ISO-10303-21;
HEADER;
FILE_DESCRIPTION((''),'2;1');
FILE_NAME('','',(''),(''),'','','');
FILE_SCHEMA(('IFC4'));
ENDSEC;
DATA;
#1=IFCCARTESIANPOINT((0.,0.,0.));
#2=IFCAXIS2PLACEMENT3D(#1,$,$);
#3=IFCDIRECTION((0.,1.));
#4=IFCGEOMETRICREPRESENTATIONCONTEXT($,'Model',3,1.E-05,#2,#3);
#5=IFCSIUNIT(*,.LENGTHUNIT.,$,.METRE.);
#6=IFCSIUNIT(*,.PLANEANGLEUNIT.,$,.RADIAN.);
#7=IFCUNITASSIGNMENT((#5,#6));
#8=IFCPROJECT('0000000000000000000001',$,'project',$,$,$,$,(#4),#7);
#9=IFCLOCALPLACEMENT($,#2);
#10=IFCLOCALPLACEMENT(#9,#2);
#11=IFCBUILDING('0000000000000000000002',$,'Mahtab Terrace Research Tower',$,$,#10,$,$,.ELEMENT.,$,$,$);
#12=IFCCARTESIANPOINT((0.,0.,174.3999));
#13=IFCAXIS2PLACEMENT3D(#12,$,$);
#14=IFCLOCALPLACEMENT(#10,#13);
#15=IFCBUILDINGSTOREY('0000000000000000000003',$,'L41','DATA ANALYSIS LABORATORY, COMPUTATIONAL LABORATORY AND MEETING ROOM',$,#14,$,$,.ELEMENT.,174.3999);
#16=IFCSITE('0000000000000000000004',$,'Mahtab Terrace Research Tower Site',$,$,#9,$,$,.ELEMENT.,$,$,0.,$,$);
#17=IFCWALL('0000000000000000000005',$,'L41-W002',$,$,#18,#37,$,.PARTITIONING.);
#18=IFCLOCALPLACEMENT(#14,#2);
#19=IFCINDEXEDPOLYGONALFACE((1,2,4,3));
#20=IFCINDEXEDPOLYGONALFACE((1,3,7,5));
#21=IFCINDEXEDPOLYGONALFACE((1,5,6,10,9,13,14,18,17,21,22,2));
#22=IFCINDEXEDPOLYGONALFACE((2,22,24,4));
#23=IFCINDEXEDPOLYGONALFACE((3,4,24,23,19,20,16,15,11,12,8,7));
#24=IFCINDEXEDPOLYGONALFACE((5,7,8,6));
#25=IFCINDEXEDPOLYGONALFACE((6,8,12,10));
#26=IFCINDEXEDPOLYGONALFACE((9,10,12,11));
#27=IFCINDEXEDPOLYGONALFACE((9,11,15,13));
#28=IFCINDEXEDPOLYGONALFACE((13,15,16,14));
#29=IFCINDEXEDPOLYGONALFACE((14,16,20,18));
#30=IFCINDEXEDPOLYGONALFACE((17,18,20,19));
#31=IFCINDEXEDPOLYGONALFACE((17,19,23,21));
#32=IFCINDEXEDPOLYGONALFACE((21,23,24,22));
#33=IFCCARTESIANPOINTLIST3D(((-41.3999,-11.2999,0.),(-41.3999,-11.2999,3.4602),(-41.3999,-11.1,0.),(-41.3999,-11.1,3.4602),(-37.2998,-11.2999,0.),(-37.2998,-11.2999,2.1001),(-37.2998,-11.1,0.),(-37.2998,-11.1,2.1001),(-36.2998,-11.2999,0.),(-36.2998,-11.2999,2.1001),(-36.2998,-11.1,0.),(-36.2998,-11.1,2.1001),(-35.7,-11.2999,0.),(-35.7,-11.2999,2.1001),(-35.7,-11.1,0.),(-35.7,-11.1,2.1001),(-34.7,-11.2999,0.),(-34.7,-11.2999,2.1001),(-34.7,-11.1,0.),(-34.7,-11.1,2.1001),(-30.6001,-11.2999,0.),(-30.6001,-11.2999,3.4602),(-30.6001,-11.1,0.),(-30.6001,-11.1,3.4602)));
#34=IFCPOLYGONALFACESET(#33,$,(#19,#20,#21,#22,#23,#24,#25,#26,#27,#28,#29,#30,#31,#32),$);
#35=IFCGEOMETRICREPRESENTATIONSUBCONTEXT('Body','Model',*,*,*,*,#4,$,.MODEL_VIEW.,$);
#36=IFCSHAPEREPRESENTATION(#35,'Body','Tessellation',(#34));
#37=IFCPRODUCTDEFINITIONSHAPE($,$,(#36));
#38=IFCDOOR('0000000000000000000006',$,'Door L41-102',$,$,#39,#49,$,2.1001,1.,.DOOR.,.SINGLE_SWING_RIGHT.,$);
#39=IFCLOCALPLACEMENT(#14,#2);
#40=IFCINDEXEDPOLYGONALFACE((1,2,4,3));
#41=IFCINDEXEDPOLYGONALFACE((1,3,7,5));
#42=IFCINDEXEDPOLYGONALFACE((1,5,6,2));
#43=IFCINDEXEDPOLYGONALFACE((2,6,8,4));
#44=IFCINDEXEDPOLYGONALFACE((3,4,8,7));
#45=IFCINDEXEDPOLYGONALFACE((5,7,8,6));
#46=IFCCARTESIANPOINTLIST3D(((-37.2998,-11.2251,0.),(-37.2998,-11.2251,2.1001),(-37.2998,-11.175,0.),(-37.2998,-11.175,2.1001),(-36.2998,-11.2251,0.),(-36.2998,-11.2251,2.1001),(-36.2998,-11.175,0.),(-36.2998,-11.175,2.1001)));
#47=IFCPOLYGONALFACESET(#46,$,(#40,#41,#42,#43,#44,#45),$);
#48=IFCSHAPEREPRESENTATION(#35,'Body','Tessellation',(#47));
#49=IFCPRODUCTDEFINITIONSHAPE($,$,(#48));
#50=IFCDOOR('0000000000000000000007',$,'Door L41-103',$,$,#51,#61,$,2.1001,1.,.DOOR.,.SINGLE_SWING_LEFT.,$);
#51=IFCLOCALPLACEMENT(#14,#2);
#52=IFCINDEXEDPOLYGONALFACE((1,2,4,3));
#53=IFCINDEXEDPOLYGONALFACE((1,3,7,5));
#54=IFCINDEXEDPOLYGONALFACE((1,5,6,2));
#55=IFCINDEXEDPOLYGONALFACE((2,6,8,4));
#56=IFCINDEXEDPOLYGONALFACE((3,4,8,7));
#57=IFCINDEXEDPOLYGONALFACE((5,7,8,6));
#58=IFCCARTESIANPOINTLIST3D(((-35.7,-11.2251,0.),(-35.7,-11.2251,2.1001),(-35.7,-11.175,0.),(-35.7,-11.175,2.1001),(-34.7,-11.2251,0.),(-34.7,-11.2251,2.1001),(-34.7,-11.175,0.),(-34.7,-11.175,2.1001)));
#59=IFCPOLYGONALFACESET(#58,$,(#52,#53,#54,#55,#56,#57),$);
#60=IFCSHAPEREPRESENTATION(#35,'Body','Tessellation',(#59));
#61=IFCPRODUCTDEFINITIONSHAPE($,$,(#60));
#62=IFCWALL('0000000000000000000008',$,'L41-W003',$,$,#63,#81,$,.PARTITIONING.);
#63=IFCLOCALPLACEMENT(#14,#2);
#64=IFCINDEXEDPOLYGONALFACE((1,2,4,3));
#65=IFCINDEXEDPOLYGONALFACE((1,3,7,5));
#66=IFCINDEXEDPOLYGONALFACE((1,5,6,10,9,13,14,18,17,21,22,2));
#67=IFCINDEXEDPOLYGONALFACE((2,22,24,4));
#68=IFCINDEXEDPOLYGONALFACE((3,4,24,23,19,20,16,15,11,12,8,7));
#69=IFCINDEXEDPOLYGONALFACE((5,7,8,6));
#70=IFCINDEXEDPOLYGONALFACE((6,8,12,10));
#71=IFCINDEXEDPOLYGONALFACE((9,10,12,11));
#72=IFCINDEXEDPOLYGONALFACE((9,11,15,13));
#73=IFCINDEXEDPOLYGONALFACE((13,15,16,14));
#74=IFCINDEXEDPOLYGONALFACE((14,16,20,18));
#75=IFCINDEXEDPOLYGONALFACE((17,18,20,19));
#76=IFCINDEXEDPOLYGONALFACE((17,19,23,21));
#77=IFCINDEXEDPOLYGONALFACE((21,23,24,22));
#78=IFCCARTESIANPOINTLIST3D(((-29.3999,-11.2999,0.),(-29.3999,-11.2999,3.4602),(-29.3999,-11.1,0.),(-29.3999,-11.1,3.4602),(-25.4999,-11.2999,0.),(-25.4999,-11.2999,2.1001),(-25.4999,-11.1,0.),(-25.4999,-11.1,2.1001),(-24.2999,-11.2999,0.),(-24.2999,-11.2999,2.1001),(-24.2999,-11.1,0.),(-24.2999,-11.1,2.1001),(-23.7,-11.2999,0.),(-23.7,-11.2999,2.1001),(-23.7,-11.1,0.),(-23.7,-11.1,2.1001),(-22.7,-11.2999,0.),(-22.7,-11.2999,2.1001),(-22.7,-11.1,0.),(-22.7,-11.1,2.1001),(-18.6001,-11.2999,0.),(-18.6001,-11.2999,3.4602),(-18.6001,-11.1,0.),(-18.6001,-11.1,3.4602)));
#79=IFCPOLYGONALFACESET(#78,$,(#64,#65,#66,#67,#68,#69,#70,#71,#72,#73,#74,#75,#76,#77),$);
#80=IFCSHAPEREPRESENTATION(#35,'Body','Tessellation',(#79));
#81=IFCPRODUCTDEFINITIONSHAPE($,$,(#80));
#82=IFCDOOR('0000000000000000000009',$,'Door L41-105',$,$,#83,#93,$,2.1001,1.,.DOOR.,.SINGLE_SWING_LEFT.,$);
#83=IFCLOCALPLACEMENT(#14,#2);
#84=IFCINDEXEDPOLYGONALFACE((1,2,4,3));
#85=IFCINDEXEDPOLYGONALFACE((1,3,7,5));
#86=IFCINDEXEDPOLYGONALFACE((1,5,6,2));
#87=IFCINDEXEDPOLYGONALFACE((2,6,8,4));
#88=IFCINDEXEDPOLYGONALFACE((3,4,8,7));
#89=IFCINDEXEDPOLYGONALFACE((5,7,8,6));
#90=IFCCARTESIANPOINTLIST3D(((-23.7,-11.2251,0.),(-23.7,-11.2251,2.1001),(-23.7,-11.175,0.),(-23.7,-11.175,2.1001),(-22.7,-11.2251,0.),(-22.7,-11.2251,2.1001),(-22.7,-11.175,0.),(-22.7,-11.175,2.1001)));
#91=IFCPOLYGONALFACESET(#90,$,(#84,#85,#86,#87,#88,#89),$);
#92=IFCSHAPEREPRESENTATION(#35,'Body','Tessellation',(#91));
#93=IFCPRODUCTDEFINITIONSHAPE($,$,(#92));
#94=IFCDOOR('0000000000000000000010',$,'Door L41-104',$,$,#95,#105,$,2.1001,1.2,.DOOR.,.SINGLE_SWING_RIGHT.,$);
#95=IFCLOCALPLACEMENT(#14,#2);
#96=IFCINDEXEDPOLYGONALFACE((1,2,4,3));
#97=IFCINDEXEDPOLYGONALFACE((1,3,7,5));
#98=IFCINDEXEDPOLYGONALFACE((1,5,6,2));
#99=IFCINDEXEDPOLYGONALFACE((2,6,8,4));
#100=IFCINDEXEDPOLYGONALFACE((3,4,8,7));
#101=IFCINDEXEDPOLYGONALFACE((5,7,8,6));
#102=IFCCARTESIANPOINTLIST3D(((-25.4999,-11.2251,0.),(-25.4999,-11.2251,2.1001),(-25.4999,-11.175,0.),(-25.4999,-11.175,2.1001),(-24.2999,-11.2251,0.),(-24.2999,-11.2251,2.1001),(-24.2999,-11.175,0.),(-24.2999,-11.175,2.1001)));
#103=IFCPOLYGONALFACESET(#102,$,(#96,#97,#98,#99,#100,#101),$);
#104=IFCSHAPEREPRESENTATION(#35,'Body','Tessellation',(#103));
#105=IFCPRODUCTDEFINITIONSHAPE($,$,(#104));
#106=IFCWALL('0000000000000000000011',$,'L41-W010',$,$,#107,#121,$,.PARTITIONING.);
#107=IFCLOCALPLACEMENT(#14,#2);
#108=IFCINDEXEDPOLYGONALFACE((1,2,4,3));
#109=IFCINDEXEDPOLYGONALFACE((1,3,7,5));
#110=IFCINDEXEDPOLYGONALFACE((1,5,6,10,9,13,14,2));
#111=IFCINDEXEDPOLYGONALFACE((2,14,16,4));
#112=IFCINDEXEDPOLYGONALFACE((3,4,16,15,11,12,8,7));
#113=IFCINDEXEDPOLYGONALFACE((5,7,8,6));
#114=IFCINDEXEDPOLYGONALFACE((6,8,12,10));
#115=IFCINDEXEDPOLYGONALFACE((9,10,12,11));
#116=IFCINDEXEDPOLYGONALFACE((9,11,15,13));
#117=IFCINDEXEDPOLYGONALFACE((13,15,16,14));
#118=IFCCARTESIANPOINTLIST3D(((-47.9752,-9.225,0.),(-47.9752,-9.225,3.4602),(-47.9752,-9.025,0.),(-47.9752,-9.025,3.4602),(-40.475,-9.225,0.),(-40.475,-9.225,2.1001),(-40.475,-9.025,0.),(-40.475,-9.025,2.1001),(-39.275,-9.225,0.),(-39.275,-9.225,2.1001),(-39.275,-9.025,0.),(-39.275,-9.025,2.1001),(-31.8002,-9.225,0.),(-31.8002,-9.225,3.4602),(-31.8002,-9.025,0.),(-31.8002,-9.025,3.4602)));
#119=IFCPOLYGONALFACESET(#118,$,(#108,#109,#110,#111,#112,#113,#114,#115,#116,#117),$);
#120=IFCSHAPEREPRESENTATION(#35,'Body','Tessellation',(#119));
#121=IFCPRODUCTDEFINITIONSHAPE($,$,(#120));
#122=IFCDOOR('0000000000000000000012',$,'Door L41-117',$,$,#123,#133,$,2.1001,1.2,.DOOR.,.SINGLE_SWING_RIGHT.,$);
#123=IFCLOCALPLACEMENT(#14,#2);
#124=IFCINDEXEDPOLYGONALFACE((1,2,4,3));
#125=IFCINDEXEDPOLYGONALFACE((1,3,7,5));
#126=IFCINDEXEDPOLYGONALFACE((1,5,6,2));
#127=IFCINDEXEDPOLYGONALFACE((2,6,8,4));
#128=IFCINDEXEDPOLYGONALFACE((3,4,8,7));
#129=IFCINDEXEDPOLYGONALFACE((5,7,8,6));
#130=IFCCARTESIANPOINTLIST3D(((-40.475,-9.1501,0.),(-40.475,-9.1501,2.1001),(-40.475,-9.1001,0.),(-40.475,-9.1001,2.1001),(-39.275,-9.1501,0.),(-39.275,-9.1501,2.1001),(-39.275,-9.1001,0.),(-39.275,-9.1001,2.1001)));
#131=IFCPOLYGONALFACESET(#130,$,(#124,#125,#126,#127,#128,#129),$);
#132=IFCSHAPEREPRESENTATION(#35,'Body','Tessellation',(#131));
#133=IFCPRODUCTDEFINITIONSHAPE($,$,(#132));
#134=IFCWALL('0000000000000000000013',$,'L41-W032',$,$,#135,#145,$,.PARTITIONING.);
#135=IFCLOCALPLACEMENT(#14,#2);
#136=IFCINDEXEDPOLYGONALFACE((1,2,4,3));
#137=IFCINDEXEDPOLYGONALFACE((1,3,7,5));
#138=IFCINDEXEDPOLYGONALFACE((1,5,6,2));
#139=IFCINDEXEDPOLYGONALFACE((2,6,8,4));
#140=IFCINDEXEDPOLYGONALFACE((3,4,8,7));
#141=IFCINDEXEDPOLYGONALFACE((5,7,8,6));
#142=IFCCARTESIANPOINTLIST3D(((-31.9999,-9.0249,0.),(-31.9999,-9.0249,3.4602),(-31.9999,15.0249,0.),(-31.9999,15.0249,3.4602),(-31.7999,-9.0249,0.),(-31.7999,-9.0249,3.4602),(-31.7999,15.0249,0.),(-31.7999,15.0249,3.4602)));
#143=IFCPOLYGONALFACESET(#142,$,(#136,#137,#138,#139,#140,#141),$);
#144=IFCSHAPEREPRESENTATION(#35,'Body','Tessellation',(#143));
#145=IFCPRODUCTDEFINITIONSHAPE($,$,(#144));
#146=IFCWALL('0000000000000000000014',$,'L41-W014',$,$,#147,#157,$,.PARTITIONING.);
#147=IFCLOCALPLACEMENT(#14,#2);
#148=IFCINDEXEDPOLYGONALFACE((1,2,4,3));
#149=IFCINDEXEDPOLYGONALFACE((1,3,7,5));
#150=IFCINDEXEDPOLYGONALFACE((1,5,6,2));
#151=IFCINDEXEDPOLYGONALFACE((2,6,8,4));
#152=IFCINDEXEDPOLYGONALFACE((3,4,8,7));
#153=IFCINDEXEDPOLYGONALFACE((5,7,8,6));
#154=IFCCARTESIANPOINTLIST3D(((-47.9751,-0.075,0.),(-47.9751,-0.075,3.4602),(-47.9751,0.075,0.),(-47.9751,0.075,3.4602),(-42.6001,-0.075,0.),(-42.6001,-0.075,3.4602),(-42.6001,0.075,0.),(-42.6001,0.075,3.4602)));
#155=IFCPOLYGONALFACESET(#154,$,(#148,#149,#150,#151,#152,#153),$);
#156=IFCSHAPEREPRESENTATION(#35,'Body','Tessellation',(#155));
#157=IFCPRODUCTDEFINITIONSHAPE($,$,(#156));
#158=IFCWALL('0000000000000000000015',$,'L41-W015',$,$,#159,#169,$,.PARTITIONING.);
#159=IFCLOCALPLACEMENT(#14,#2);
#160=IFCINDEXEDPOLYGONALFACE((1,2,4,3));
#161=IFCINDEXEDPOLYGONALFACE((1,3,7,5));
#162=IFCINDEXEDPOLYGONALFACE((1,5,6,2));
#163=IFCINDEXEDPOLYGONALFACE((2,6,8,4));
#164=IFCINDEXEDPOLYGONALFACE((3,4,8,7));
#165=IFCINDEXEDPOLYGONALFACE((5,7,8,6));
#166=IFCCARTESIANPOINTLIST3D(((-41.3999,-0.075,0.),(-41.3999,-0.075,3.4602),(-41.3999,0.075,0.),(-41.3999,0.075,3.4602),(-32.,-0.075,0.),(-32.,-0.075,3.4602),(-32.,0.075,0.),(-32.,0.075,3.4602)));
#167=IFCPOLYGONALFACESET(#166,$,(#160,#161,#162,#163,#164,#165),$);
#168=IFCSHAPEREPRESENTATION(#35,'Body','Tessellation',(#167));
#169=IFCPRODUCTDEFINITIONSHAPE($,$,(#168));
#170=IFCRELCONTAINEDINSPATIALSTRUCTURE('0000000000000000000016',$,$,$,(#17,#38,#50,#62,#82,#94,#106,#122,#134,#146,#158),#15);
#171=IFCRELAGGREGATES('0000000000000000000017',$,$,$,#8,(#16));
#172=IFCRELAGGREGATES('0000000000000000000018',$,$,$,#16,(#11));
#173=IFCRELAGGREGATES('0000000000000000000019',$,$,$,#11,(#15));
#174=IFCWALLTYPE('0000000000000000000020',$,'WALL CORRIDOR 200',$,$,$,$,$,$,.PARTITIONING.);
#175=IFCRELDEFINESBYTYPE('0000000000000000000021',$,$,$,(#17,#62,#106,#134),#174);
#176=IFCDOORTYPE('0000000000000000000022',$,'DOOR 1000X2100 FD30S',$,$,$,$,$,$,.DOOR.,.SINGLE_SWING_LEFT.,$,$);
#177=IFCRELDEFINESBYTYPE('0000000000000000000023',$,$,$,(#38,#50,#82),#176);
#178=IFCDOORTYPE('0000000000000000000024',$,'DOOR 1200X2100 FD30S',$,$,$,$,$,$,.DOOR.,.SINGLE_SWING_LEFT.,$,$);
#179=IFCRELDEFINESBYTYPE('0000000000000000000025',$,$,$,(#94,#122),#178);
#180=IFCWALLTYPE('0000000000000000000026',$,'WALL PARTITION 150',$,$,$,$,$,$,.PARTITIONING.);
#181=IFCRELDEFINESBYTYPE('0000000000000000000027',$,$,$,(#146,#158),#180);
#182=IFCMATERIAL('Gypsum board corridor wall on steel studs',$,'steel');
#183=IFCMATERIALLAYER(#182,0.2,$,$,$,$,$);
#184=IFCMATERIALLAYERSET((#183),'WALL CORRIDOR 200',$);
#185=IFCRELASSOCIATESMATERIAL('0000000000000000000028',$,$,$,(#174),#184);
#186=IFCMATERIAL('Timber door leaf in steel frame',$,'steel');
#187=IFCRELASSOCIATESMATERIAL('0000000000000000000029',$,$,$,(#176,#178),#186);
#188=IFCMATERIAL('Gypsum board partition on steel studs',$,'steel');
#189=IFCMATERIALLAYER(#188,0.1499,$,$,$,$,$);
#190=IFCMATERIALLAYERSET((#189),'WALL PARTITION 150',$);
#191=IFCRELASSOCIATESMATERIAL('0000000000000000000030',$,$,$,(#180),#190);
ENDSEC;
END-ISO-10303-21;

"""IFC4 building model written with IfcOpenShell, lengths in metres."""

from ifc_helpers import new_model, si_unit, direction, frame, frame_2d, origin, place, context, subcontext, project, spatial, rectangle, extrude, material, layer, layer_set, type_object, element, fill, save


model = new_model("IFC4")

# Units and contexts
model_context = context("Model", 3, precision=1e-05, world=origin(), true_north=direction((0.0, 1.0)))
body_context = subcontext(model_context, "Body", "Model", "MODEL_VIEW")
ifc_project = project(units=[si_unit("LENGTHUNIT", "METRE"), si_unit("PLANEANGLEUNIT", "RADIAN")], contexts=[model_context])

# Site, building, storey
site_placement = place(None, origin())
site = spatial("IfcSite", under=ifc_project, at=site_placement, Name="Mahtab Terrace Research Tower Site", CompositionType="ELEMENT", RefElevation=0.0)
building_placement = place(site_placement, origin())
building = spatial("IfcBuilding", under=site, at=building_placement, Name="Mahtab Terrace Research Tower", CompositionType="ELEMENT")
storey_placement = place(building_placement, frame((0.0, 0.0, 174.3999)))
storey = spatial("IfcBuildingStorey", under=building, at=storey_placement, Name="L41", Description="DATA ANALYSIS LABORATORY, COMPUTATIONAL LABORATORY AND MEETING ROOM", CompositionType="ELEMENT", Elevation=174.3999)

# Shared definitions
ifc_material_1 = material(Name="Gypsum board corridor wall on steel studs", Category="steel")
ifc_layer_1 = layer(ifc_material_1, 0.2)
ifc_layer_set_1 = layer_set([ifc_layer_1], Name="WALL CORRIDOR 200")
wall_type_1 = type_object("IfcWallType", Name="WALL CORRIDOR 200", PredefinedType="PARTITIONING", material=ifc_layer_set_1)
ifc_material_2 = material(Name="Timber door leaf in steel frame", Category="steel")
door_type_1 = type_object("IfcDoorType", Name="DOOR 1000X2100 FD30S", OperationType="SINGLE_SWING_LEFT", PredefinedType="DOOR", material=ifc_material_2)

# Walls, openings, doors
wall_1_placement = place(storey_placement, frame((-41.3999, -11.2, 0.0), z_axis=(0.0, 0.0, 1.0), x_axis=(1.0, 0.0, 0.0)))
wall_1 = element("IfcWall", 1, at=wall_1_placement, inside=storey, type_object=wall_type_1, Name="L41-W002", PredefinedType="PARTITIONING", context=body_context, shape_type="SweptSolid", body=[
    extrude(rectangle(XDim=10.7998, YDim=0.2, at=frame_2d((5.3999, 0.0))), origin(), (0.0, 0.0, 1.0), 3.4602),
])
opening_1_placement = place(wall_1_placement, frame((4.1001, 0.0, 0.0)))
opening_1 = element("IfcOpeningElement", 2, at=opening_1_placement, cuts=wall_1, PredefinedType="OPENING", context=body_context, shape_type="SweptSolid", body=[
    extrude(rectangle(XDim=1.0, YDim=2.1001, at=frame_2d((0.5, 1.05))), frame((0.0, 0.1099, 0.0), z_axis=(0.0, -1.0, 0.0), x_axis=(1.0, 0.0, 0.0)), (0.0, 0.0, 1.0), 0.22),
])
opening_2_placement = place(wall_1_placement, frame((5.7, 0.0, 0.0)))
opening_2 = element("IfcOpeningElement", 3, at=opening_2_placement, cuts=wall_1, PredefinedType="OPENING", context=body_context, shape_type="SweptSolid", body=[
    extrude(rectangle(XDim=1.0, YDim=2.1001, at=frame_2d((0.5, 1.05))), frame((0.0, 0.1099, 0.0), z_axis=(0.0, -1.0, 0.0), x_axis=(1.0, 0.0, 0.0)), (0.0, 0.0, 1.0), 0.22),
])
door_1_placement = place(opening_1_placement, origin())
door_1 = element("IfcDoor", 4, at=door_1_placement, inside=storey, type_object=door_type_1, Name="Door L41-102", OperationType="SINGLE_SWING_RIGHT", OverallHeight=2.1001, OverallWidth=1.0, PredefinedType="DOOR", context=body_context, shape_type="SweptSolid", body=[
    extrude(rectangle(XDim=1.0, YDim=2.1001, at=frame_2d((0.5, 1.05))), frame((0.0, 0.0249, 0.0), z_axis=(0.0, -1.0, 0.0), x_axis=(1.0, 0.0, 0.0)), (0.0, 0.0, 1.0), 0.05),
])
fill(opening_1, door_1)
door_2_placement = place(opening_2_placement, origin())
door_2 = element("IfcDoor", 5, at=door_2_placement, inside=storey, type_object=door_type_1, Name="Door L41-103", OperationType="SINGLE_SWING_LEFT", OverallHeight=2.1001, OverallWidth=1.0, PredefinedType="DOOR", context=body_context, shape_type="SweptSolid", body=[
    extrude(rectangle(XDim=1.0, YDim=2.1001, at=frame_2d((0.5, 1.05))), frame((0.0, 0.0249, 0.0), z_axis=(0.0, -1.0, 0.0), x_axis=(1.0, 0.0, 0.0)), (0.0, 0.0, 1.0), 0.05),
])
fill(opening_2, door_2)
wall_2_placement = place(storey_placement, frame((-29.3999, -11.2, 0.0), z_axis=(0.0, 0.0, 1.0), x_axis=(1.0, 0.0, 0.0)))
wall_2 = element("IfcWall", 6, at=wall_2_placement, inside=storey, type_object=wall_type_1, Name="L41-W003", PredefinedType="PARTITIONING", context=body_context, shape_type="SweptSolid", body=[
    extrude(rectangle(XDim=10.7998, YDim=0.2, at=frame_2d((5.3999, 0.0))), origin(), (0.0, 0.0, 1.0), 3.4602),
])
opening_3_placement = place(wall_2_placement, frame((3.8999, 0.0, 0.0)))
opening_3 = element("IfcOpeningElement", 7, at=opening_3_placement, cuts=wall_2, PredefinedType="OPENING", context=body_context, shape_type="SweptSolid", body=[
    extrude(rectangle(XDim=1.2, YDim=2.1001, at=frame_2d((0.6001, 1.05))), frame((0.0, 0.1099, 0.0), z_axis=(0.0, -1.0, 0.0), x_axis=(1.0, 0.0, 0.0)), (0.0, 0.0, 1.0), 0.22),
])
opening_4_placement = place(wall_2_placement, frame((5.7, 0.0, 0.0)))
opening_4 = element("IfcOpeningElement", 8, at=opening_4_placement, cuts=wall_2, PredefinedType="OPENING", context=body_context, shape_type="SweptSolid", body=[
    extrude(rectangle(XDim=1.0, YDim=2.1001, at=frame_2d((0.5, 1.05))), frame((0.0, 0.1099, 0.0), z_axis=(0.0, -1.0, 0.0), x_axis=(1.0, 0.0, 0.0)), (0.0, 0.0, 1.0), 0.22),
])
door_3_placement = place(opening_4_placement, origin())
door_3 = element("IfcDoor", 9, at=door_3_placement, inside=storey, type_object=door_type_1, Name="Door L41-105", OperationType="SINGLE_SWING_LEFT", OverallHeight=2.1001, OverallWidth=1.0, PredefinedType="DOOR", context=body_context, shape_type="SweptSolid", body=[
    extrude(rectangle(XDim=1.0, YDim=2.1001, at=frame_2d((0.5, 1.05))), frame((0.0, 0.0249, 0.0), z_axis=(0.0, -1.0, 0.0), x_axis=(1.0, 0.0, 0.0)), (0.0, 0.0, 1.0), 0.05),
])
fill(opening_4, door_3)
door_type_2 = type_object("IfcDoorType", Name="DOOR 1200X2100 FD30S", OperationType="SINGLE_SWING_LEFT", PredefinedType="DOOR", material=ifc_material_2)
door_4_placement = place(opening_3_placement, origin())
door_4 = element("IfcDoor", 10, at=door_4_placement, inside=storey, type_object=door_type_2, Name="Door L41-104", OperationType="SINGLE_SWING_RIGHT", OverallHeight=2.1001, OverallWidth=1.2, PredefinedType="DOOR", context=body_context, shape_type="SweptSolid", body=[
    extrude(rectangle(XDim=1.2, YDim=2.1001, at=frame_2d((0.6001, 1.05))), frame((0.0, 0.0249, 0.0), z_axis=(0.0, -1.0, 0.0), x_axis=(1.0, 0.0, 0.0)), (0.0, 0.0, 1.0), 0.05),
])
fill(opening_3, door_4)

# Wall, opening, door
wall_3_placement = place(storey_placement, frame((-47.9751, -9.125, 0.0), z_axis=(0.0, 0.0, 1.0), x_axis=(1.0, 0.0, 0.0)))
wall_3 = element("IfcWall", 11, at=wall_3_placement, inside=storey, type_object=wall_type_1, Name="L41-W010", PredefinedType="PARTITIONING", context=body_context, shape_type="SweptSolid", body=[
    extrude(rectangle(XDim=16.175, YDim=0.2, at=frame_2d((8.0874, 0.0))), origin(), (0.0, 0.0, 1.0), 3.4602),
])
opening_5_placement = place(wall_3_placement, frame((7.5, 0.0, 0.0)))
opening_5 = element("IfcOpeningElement", 12, at=opening_5_placement, cuts=wall_3, PredefinedType="OPENING", context=body_context, shape_type="SweptSolid", body=[
    extrude(rectangle(XDim=1.2, YDim=2.1001, at=frame_2d((0.6001, 1.05))), frame((0.0, 0.1099, 0.0), z_axis=(0.0, -1.0, 0.0), x_axis=(1.0, 0.0, 0.0)), (0.0, 0.0, 1.0), 0.22),
])
door_5_placement = place(opening_5_placement, origin())
door_5 = element("IfcDoor", 13, at=door_5_placement, inside=storey, type_object=door_type_2, Name="Door L41-117", OperationType="SINGLE_SWING_RIGHT", OverallHeight=2.1001, OverallWidth=1.2, PredefinedType="DOOR", context=body_context, shape_type="SweptSolid", body=[
    extrude(rectangle(XDim=1.2, YDim=2.1001, at=frame_2d((0.6001, 1.05))), frame((0.0, 0.0249, 0.0), z_axis=(0.0, -1.0, 0.0), x_axis=(1.0, 0.0, 0.0)), (0.0, 0.0, 1.0), 0.05),
])
fill(opening_5, door_5)

# Walls
wall_4_placement = place(storey_placement, frame((-31.8999, -9.0249, 0.0), z_axis=(0.0, 0.0, 1.0), x_axis=(0.0, 1.0, 0.0)))
element("IfcWall", 14, at=wall_4_placement, inside=storey, type_object=wall_type_1, Name="L41-W032", PredefinedType="PARTITIONING", context=body_context, shape_type="SweptSolid", body=[
    extrude(rectangle(XDim=24.0498, YDim=0.2, at=frame_2d((12.0249, 0.0))), origin(), (0.0, 0.0, 1.0), 3.4602),
])
ifc_material_3 = material(Name="Gypsum board partition on steel studs", Category="steel")
ifc_layer_2 = layer(ifc_material_3, 0.1499)
ifc_layer_set_2 = layer_set([ifc_layer_2], Name="WALL PARTITION 150")
wall_type_2 = type_object("IfcWallType", Name="WALL PARTITION 150", PredefinedType="PARTITIONING", material=ifc_layer_set_2)
wall_5_placement = place(storey_placement, frame((-47.9751, 0.0, 0.0), z_axis=(0.0, 0.0, 1.0), x_axis=(1.0, 0.0, 0.0)))
element("IfcWall", 15, at=wall_5_placement, inside=storey, type_object=wall_type_2, Name="L41-W014", PredefinedType="PARTITIONING", context=body_context, shape_type="SweptSolid", body=[
    extrude(rectangle(XDim=5.375, YDim=0.1499, at=frame_2d((2.6875, 0.0))), origin(), (0.0, 0.0, 1.0), 3.4602),
])
wall_6_placement = place(storey_placement, frame((-41.3999, 0.0, 0.0), z_axis=(0.0, 0.0, 1.0), x_axis=(1.0, 0.0, 0.0)))
element("IfcWall", 16, at=wall_6_placement, inside=storey, type_object=wall_type_2, Name="L41-W015", PredefinedType="PARTITIONING", context=body_context, shape_type="SweptSolid", body=[
    extrude(rectangle(XDim=9.3999, YDim=0.1499, at=frame_2d((4.7, 0.0))), origin(), (0.0, 0.0, 1.0), 3.4602),
])

save(model, "model.ifc")
